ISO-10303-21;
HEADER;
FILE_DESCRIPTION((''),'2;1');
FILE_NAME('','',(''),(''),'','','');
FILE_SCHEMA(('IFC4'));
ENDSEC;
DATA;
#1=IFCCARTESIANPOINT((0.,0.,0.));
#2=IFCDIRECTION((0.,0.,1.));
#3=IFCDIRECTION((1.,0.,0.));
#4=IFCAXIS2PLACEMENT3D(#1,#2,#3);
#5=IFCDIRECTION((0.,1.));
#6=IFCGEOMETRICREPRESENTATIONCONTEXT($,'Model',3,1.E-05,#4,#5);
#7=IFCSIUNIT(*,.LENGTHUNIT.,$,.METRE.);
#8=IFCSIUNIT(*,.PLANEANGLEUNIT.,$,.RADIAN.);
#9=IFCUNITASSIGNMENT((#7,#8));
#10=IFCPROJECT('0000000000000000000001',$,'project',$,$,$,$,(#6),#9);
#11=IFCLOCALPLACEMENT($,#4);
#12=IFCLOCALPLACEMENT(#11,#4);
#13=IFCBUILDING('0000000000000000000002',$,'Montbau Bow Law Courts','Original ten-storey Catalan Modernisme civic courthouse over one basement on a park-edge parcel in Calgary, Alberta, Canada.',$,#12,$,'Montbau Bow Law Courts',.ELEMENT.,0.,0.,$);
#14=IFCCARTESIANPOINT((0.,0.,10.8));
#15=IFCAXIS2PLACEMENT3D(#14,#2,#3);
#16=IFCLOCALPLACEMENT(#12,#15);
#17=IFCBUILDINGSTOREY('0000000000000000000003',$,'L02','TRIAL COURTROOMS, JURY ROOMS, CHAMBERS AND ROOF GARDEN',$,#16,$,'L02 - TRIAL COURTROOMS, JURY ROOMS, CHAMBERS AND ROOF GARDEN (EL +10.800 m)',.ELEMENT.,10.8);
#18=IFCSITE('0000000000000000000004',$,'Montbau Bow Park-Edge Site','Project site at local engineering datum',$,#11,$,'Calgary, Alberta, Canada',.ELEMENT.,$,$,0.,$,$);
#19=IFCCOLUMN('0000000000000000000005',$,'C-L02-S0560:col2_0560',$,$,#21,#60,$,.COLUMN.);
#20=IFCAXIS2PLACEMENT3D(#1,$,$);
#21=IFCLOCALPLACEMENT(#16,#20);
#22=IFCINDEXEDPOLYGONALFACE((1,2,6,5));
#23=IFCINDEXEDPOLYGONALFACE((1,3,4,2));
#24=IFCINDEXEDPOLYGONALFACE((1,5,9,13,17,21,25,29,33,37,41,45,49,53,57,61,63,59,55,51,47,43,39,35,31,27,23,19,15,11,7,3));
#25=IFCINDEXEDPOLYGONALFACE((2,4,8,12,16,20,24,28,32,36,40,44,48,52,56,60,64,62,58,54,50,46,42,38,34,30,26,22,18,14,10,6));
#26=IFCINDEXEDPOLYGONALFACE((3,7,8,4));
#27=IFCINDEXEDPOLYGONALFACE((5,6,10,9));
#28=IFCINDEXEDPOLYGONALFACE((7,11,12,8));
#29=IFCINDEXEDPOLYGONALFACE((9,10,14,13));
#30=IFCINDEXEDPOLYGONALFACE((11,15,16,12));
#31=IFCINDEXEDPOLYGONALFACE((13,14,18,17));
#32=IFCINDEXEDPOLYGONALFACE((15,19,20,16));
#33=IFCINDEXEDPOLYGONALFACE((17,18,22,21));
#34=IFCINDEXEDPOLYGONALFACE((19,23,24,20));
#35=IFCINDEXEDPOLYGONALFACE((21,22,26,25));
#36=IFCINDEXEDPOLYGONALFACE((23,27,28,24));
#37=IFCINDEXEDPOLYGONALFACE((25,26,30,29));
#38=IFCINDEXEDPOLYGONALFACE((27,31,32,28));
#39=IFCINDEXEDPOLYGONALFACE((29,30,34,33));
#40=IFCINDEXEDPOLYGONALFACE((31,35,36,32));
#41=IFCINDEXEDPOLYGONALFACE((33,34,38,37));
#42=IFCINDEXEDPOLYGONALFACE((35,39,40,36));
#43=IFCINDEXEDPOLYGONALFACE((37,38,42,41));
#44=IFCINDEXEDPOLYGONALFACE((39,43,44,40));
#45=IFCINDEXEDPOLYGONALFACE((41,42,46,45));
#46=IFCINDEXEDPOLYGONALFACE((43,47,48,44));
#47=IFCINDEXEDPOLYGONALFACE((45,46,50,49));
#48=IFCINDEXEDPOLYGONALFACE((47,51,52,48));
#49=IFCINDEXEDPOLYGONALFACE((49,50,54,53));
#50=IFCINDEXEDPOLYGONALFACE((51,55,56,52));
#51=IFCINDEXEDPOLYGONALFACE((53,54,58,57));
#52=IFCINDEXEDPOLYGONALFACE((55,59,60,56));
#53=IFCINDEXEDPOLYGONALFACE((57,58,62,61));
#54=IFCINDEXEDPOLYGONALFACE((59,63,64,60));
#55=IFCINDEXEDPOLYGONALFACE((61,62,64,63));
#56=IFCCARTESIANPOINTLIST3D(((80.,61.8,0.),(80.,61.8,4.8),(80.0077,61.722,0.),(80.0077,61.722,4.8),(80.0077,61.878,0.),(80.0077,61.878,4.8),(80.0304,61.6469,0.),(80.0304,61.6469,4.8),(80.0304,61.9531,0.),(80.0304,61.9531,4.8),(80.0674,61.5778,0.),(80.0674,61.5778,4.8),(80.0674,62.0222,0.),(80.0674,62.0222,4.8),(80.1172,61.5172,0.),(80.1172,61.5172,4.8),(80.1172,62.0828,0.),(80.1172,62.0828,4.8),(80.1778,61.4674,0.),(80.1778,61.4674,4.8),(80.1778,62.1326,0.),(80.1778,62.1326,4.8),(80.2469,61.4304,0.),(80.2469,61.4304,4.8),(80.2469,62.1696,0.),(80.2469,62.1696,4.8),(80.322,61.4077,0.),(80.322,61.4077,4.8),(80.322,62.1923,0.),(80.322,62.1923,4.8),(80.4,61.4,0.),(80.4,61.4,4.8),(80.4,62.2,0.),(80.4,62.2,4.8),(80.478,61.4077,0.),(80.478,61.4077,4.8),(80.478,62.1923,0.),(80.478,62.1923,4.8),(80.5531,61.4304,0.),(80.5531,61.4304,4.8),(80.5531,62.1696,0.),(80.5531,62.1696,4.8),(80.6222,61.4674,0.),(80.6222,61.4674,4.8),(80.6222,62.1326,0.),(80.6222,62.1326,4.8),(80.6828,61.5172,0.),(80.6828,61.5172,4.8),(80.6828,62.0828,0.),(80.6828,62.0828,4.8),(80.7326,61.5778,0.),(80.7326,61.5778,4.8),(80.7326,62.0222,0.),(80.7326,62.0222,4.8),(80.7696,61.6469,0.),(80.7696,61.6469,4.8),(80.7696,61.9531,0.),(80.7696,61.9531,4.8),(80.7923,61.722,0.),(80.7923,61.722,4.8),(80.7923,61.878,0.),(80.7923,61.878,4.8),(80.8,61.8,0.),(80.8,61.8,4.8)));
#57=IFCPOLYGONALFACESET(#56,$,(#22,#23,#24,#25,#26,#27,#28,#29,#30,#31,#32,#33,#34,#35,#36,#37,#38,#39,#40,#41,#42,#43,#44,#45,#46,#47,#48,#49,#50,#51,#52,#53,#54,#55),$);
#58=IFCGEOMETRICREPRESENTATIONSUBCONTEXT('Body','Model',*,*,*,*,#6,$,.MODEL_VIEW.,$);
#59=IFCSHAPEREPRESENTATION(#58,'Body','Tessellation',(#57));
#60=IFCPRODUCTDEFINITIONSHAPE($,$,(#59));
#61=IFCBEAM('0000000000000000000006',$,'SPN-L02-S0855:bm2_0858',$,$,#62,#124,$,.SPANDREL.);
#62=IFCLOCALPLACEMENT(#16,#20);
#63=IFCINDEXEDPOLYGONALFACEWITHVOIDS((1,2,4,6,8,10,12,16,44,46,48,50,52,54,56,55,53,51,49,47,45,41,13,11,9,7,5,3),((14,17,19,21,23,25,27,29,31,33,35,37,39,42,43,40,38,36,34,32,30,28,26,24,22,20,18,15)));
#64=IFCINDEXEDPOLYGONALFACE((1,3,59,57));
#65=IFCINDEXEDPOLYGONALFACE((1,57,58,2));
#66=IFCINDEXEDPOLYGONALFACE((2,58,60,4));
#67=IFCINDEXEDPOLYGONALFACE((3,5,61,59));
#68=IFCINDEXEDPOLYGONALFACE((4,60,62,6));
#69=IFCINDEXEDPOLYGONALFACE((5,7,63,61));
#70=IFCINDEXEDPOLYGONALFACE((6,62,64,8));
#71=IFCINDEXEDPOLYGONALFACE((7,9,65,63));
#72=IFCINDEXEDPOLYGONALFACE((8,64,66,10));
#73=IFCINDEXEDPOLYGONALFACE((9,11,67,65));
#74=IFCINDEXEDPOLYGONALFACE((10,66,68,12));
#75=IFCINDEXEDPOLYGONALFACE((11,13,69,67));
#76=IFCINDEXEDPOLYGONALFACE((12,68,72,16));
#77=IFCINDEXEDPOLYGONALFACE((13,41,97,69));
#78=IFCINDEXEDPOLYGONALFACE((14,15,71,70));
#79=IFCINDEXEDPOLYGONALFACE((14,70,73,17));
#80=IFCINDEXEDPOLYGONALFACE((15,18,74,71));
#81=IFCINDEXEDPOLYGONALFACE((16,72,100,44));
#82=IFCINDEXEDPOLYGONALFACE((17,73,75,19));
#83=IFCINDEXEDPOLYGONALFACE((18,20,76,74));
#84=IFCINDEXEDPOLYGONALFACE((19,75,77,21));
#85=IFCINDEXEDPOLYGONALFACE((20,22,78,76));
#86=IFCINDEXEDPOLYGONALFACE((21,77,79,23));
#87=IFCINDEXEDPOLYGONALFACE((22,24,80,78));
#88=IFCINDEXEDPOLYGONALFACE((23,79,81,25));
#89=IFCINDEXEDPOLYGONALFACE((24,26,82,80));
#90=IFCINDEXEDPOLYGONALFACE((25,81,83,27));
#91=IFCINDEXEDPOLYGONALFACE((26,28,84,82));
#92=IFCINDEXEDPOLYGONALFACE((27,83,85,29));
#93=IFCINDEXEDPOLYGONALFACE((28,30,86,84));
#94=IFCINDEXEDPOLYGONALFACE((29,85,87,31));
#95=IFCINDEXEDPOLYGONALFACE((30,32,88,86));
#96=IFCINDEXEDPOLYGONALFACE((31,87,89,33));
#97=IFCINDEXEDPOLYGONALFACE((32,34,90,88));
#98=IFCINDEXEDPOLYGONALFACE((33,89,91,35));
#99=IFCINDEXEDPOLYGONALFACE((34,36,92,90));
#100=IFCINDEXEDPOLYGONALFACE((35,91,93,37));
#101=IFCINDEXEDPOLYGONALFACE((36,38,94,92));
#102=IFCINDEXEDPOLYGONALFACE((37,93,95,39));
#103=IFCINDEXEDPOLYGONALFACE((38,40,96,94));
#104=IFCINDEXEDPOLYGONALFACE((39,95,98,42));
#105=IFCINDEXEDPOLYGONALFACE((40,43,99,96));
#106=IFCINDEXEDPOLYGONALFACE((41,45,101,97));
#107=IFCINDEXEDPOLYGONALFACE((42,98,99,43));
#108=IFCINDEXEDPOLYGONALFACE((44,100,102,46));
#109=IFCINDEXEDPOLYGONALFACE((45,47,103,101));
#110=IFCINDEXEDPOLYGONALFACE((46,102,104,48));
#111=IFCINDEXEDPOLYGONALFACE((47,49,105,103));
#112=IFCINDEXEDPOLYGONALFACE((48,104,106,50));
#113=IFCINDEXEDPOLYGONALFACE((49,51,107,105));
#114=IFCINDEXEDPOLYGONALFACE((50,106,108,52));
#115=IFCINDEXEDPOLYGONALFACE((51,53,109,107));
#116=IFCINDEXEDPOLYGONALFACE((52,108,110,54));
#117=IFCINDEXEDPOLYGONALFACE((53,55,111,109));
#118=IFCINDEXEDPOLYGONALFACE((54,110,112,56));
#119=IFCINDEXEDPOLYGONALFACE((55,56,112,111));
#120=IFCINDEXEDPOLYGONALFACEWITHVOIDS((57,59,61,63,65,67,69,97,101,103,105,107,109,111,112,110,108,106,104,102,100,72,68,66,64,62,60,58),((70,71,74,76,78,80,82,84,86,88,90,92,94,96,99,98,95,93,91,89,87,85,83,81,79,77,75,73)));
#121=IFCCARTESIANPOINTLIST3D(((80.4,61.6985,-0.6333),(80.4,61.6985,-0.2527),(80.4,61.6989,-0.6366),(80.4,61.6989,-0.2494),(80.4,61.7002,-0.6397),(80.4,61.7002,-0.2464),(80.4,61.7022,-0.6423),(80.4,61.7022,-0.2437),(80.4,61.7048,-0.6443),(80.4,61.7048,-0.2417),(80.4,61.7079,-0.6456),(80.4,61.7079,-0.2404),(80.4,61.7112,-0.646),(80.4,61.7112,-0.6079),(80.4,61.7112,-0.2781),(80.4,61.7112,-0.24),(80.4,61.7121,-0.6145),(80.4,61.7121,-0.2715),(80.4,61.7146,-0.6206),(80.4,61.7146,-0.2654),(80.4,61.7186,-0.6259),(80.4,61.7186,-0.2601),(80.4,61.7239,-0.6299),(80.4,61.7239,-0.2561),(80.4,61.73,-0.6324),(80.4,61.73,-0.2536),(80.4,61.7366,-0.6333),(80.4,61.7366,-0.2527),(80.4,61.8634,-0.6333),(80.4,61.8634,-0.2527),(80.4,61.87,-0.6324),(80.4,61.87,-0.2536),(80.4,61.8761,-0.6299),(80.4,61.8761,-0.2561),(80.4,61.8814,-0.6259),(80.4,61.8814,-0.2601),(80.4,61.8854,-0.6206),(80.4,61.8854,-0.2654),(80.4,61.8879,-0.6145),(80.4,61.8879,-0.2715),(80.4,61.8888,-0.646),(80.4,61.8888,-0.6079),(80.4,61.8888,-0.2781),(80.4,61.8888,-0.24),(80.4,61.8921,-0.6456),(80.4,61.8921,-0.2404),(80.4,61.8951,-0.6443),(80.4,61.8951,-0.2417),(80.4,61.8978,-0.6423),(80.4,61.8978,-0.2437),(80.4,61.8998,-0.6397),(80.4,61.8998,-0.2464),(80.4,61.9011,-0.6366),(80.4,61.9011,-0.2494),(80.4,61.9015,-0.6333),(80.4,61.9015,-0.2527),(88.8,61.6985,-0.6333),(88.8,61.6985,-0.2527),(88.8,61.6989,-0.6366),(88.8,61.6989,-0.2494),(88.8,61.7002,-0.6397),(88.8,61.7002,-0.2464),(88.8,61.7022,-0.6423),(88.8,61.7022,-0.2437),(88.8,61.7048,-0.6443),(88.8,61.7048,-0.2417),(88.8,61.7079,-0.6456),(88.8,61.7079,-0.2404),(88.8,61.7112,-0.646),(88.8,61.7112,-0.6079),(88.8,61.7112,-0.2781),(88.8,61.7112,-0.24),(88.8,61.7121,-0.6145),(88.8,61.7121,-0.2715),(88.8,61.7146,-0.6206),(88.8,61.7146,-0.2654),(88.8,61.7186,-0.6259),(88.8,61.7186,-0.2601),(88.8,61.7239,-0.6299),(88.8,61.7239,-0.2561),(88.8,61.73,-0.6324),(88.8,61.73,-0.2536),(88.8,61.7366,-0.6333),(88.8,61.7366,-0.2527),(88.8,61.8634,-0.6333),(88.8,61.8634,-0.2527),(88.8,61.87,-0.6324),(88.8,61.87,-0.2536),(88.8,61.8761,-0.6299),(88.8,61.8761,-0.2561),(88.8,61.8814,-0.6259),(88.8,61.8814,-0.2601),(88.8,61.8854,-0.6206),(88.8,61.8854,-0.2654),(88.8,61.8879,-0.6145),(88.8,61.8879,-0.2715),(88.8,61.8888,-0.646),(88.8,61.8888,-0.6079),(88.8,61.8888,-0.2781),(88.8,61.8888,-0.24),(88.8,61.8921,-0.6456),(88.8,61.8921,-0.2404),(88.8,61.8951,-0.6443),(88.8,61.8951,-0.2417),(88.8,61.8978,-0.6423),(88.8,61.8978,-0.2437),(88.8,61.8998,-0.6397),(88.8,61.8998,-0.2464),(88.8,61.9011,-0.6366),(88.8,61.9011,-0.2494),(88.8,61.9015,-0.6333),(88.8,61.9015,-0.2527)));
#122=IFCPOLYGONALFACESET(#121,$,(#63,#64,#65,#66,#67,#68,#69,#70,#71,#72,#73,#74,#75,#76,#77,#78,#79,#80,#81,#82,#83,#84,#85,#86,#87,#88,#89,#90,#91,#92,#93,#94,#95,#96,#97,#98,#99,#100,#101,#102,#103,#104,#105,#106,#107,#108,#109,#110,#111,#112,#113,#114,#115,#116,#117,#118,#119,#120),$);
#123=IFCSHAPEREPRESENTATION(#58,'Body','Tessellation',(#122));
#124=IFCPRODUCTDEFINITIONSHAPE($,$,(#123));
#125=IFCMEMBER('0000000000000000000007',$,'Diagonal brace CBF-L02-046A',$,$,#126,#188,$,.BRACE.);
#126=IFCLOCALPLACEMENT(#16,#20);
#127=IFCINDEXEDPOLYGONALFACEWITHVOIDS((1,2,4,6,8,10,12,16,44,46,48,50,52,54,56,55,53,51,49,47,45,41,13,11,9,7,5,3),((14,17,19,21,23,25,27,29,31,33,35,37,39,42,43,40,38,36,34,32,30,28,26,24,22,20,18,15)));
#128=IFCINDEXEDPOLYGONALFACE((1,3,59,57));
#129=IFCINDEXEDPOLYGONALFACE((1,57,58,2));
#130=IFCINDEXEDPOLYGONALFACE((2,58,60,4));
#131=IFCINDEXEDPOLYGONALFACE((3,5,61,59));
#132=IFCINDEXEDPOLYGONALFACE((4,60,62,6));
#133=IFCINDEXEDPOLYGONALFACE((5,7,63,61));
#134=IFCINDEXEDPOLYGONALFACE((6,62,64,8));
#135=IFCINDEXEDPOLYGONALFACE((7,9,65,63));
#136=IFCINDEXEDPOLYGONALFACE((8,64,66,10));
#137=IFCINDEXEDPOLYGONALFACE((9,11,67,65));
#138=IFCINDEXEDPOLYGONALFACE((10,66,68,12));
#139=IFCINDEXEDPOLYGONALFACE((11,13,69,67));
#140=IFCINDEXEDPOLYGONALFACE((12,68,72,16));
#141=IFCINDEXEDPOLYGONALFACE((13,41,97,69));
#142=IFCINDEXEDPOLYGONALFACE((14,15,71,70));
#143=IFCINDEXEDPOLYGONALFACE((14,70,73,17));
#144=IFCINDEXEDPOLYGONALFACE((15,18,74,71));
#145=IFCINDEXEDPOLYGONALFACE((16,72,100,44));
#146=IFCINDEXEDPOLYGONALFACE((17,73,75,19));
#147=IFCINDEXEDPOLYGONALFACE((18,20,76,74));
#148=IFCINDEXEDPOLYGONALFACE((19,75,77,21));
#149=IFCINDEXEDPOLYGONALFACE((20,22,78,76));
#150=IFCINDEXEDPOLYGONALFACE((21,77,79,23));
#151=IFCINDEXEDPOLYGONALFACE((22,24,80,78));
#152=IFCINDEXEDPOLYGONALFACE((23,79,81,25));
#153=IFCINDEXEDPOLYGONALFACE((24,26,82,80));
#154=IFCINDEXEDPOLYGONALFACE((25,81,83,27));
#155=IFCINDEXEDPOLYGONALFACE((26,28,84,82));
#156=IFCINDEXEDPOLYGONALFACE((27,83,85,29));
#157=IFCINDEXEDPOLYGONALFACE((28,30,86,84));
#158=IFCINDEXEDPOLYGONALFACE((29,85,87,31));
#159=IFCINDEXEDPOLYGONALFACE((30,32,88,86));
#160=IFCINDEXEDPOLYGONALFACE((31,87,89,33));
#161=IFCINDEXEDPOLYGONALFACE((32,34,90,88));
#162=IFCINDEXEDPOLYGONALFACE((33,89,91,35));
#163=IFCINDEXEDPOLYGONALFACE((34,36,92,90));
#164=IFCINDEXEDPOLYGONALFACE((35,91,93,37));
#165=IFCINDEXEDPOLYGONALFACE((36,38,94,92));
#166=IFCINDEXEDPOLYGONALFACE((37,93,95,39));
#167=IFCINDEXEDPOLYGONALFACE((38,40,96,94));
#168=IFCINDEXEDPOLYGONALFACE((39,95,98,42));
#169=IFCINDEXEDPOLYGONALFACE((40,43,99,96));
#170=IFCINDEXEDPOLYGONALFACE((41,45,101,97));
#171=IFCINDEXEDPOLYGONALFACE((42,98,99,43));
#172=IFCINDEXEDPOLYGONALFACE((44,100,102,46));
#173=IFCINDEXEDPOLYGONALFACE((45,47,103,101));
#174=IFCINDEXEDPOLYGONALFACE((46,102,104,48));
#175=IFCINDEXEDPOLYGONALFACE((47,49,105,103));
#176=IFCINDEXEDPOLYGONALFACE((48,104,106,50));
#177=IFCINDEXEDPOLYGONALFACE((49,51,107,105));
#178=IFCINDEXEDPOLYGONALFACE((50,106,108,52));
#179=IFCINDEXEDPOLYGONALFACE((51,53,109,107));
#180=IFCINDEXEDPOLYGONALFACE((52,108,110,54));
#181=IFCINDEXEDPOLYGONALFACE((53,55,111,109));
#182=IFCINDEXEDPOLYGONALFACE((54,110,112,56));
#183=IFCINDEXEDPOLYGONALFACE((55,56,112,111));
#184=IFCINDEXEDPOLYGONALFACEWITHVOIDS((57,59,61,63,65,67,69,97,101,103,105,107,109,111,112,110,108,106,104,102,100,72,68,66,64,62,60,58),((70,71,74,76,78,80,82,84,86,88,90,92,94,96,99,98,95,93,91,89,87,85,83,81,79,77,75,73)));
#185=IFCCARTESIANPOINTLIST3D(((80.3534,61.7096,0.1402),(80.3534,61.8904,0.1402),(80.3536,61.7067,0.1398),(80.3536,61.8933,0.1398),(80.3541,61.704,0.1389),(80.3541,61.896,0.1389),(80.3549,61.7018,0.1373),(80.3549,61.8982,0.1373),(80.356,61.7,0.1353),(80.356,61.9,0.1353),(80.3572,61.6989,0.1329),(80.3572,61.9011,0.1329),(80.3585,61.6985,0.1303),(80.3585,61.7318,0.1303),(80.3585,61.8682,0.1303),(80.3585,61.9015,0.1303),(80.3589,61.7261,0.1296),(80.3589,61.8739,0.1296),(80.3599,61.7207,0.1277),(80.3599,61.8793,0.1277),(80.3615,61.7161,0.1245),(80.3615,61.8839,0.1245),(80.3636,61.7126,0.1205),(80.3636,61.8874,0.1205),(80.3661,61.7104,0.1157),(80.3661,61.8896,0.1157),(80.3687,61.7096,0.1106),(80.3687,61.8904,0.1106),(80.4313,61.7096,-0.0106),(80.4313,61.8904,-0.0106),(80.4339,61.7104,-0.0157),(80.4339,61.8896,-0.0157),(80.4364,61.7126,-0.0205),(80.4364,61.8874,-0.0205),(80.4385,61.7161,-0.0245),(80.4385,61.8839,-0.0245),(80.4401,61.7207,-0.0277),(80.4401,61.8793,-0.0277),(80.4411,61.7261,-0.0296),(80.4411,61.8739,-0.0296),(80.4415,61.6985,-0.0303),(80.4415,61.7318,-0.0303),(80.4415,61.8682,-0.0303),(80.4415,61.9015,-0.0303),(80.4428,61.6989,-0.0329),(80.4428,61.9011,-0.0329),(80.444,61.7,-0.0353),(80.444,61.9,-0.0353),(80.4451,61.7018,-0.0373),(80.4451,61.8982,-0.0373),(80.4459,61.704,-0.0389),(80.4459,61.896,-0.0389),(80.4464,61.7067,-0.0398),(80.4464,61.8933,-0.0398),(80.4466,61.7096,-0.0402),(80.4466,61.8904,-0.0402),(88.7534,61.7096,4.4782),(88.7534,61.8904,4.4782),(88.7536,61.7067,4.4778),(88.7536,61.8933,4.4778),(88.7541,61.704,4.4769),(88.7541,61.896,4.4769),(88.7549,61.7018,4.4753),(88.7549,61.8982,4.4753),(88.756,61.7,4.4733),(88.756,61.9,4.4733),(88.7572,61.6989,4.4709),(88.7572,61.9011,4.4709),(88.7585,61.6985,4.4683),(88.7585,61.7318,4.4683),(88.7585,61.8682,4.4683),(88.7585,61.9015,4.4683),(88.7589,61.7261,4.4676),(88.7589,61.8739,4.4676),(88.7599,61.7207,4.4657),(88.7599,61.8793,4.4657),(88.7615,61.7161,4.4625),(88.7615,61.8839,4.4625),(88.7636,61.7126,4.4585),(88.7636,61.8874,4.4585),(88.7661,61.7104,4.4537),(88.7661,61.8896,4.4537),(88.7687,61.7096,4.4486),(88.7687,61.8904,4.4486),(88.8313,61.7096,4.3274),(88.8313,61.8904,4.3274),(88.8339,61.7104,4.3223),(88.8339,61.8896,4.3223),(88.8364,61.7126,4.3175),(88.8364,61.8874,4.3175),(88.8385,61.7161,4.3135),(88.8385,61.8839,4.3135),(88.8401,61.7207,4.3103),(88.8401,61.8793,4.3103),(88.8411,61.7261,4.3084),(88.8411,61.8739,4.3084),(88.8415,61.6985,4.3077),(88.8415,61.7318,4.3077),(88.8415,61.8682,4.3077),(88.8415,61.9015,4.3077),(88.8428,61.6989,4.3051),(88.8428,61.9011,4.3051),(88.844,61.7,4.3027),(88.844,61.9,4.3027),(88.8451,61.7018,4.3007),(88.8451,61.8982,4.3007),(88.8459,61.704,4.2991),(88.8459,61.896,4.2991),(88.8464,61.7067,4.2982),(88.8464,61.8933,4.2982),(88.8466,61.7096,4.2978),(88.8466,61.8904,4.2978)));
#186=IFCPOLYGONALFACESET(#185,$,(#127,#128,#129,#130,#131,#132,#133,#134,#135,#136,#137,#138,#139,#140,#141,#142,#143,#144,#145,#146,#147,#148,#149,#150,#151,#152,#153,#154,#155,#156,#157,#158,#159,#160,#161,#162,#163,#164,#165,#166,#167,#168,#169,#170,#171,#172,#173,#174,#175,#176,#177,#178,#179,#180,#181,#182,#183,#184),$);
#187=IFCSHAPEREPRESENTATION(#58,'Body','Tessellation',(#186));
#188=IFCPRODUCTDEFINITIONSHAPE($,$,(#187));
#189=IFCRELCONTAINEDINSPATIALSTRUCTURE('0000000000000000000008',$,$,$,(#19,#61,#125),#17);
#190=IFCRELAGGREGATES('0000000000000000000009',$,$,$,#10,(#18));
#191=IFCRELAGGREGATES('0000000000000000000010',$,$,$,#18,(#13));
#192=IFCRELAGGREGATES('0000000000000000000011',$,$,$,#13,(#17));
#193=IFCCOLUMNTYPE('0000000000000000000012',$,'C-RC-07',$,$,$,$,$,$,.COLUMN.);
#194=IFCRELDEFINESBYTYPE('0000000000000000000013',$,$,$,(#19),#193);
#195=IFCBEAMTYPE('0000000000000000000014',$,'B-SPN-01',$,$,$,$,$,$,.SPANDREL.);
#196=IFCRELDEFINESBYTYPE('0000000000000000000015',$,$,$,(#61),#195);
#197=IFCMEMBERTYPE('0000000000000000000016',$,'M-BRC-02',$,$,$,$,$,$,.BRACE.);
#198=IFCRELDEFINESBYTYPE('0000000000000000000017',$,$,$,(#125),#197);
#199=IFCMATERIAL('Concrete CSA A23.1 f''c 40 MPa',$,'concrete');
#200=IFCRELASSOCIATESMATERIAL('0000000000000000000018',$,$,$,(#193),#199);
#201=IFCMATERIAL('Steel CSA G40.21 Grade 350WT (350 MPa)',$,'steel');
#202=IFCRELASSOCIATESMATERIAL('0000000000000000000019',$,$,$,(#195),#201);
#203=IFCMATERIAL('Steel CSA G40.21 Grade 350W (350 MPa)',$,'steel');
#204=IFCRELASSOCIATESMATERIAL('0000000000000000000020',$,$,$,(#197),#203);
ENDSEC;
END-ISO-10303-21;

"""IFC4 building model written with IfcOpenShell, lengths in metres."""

from ifc_helpers import new_model, si_unit, direction, frame, origin_with_axes, origin_2d_with_axis, place, context, subcontext, project, spatial, hollow_rectangle, circle, extrude, material, material_profile, profile_set, type_object, element, save


model = new_model("IFC4")

# Units and contexts
model_context = context("Model", 3, precision=1e-05, world=origin_with_axes(), true_north=direction((0.0, 1.0)))
body_context = subcontext(model_context, "Body", "Model", "MODEL_VIEW")
ifc_project = project(units=[si_unit("LENGTHUNIT", "METRE"), si_unit("PLANEANGLEUNIT", "RADIAN")], contexts=[model_context])

# Site, building, storey
site_placement = place(None, origin_with_axes())
site = spatial("IfcSite", under=ifc_project, at=site_placement, Name="Montbau Bow Park-Edge Site", Description="Project site at local engineering datum", LongName="Calgary, Alberta, Canada", CompositionType="ELEMENT", RefElevation=0.0)
building_placement = place(site_placement, origin_with_axes())
building = spatial("IfcBuilding", under=site, at=building_placement, Name="Montbau Bow Law Courts", Description="Original ten-storey Catalan Modernisme civic courthouse over one basement on a park-edge parcel in Calgary, Alberta, Canada.", LongName="Montbau Bow Law Courts", CompositionType="ELEMENT", ElevationOfRefHeight=0.0, ElevationOfTerrain=0.0)
storey_placement = place(building_placement, frame((0.0, 0.0, 10.8), z_axis=(0.0, 0.0, 1.0), x_axis=(1.0, 0.0, 0.0)))
storey = spatial("IfcBuildingStorey", under=building, at=storey_placement, Name="L02", Description="TRIAL COURTROOMS, JURY ROOMS, CHAMBERS AND ROOF GARDEN", LongName="L02 - TRIAL COURTROOMS, JURY ROOMS, CHAMBERS AND ROOF GARDEN (EL +10.800 m)", CompositionType="ELEMENT", Elevation=10.8)

# Column
ifc_material_1 = material(Name="Concrete CSA A23.1 f'c 40 MPa", Category="concrete")
ifc_material_profile_1 = material_profile(ifc_material_1, circle(Radius=0.4, at=origin_2d_with_axis()), Name="RC800D", Category="Main", Priority=0)
ifc_profile_set_1 = profile_set([ifc_material_profile_1], Name="Concrete CSA A23.1 f'c 40 MPa")
column_type = type_object("IfcColumnType", Name="C-RC-07", PredefinedType="COLUMN", material=ifc_profile_set_1)
column_placement = place(None, frame((80.4, 61.8, 10.8), z_axis=(0.0, 0.0, 1.0), x_axis=(1.0, 0.0, 0.0)))
element("IfcColumn", 1, at=column_placement, inside=storey, type_object=column_type, Name="C-L02-S0560:col2_0560", PredefinedType="COLUMN", context=body_context, shape_type="SweptSolid", body=[
    extrude(circle(Radius=0.4, at=origin_2d_with_axis()), origin_with_axes(), (0.0, 0.0, 1.0), 4.8),
])

# Beam
ifc_material_2 = material(Name="Steel CSA G40.21 Grade 350WT (350 MPa)", Category="steel")
ifc_material_profile_2 = material_profile(ifc_material_2, hollow_rectangle(XDim=0.203, YDim=0.406, WallThickness=0.0127, InnerFilletRadius=0.0254, OuterFilletRadius=0.0127, at=origin_2d_with_axis()), Name="HSS406X203X13", Category="Main", Priority=0)
ifc_profile_set_2 = profile_set([ifc_material_profile_2], Name="Steel CSA G40.21 Grade 350WT (350 MPa)")
beam_type = type_object("IfcBeamType", Name="B-SPN-01", PredefinedType="SPANDREL", material=ifc_profile_set_2)
beam_placement = place(None, frame((80.4, 61.8, 10.357), z_axis=(1.0, 0.0, 0.0), x_axis=(0.0, 1.0, 0.0)))
element("IfcBeam", 2, at=beam_placement, inside=storey, type_object=beam_type, Name="SPN-L02-S0855:bm2_0858", PredefinedType="SPANDREL", context=body_context, shape_type="SweptSolid", body=[
    extrude(hollow_rectangle(XDim=0.203, YDim=0.406, WallThickness=0.0127, InnerFilletRadius=0.0254, OuterFilletRadius=0.0127, at=origin_2d_with_axis()), origin_with_axes(), (0.0, 0.0, 1.0), 8.4),
])

# Member
ifc_material_3 = material(Name="Steel CSA G40.21 Grade 350W (350 MPa)", Category="steel")
ifc_material_profile_3 = material_profile(ifc_material_3, hollow_rectangle(XDim=0.203, YDim=0.203, WallThickness=0.0111, InnerFilletRadius=0.0222, OuterFilletRadius=0.0111, at=origin_2d_with_axis()), Name="HSS203X203X11", Category="Main", Priority=0)
ifc_profile_set_3 = profile_set([ifc_material_profile_3], Name="Steel CSA G40.21 Grade 350W (350 MPa)")
member_type_1 = type_object("IfcMemberType", Name="M-BRC-02", PredefinedType="BRACE", material=ifc_profile_set_3)
member_1_placement = place(None, frame((80.4, 61.8, 10.85), z_axis=(0.888512, 0.0, 0.458853), x_axis=(0.0, 1.0, 0.0)))
element("IfcMember", 3, at=member_1_placement, inside=storey, type_object=member_type_1, Name="Diagonal brace CBF-L02-046A", PredefinedType="BRACE", context=body_context, shape_type="SweptSolid", body=[
    extrude(hollow_rectangle(XDim=0.203, YDim=0.203, WallThickness=0.0111, InnerFilletRadius=0.0222, OuterFilletRadius=0.0111, at=origin_2d_with_axis()), origin_with_axes(), (0.0, 0.0, 1.0), 9.454),
])

save(model, "model.ifc")
